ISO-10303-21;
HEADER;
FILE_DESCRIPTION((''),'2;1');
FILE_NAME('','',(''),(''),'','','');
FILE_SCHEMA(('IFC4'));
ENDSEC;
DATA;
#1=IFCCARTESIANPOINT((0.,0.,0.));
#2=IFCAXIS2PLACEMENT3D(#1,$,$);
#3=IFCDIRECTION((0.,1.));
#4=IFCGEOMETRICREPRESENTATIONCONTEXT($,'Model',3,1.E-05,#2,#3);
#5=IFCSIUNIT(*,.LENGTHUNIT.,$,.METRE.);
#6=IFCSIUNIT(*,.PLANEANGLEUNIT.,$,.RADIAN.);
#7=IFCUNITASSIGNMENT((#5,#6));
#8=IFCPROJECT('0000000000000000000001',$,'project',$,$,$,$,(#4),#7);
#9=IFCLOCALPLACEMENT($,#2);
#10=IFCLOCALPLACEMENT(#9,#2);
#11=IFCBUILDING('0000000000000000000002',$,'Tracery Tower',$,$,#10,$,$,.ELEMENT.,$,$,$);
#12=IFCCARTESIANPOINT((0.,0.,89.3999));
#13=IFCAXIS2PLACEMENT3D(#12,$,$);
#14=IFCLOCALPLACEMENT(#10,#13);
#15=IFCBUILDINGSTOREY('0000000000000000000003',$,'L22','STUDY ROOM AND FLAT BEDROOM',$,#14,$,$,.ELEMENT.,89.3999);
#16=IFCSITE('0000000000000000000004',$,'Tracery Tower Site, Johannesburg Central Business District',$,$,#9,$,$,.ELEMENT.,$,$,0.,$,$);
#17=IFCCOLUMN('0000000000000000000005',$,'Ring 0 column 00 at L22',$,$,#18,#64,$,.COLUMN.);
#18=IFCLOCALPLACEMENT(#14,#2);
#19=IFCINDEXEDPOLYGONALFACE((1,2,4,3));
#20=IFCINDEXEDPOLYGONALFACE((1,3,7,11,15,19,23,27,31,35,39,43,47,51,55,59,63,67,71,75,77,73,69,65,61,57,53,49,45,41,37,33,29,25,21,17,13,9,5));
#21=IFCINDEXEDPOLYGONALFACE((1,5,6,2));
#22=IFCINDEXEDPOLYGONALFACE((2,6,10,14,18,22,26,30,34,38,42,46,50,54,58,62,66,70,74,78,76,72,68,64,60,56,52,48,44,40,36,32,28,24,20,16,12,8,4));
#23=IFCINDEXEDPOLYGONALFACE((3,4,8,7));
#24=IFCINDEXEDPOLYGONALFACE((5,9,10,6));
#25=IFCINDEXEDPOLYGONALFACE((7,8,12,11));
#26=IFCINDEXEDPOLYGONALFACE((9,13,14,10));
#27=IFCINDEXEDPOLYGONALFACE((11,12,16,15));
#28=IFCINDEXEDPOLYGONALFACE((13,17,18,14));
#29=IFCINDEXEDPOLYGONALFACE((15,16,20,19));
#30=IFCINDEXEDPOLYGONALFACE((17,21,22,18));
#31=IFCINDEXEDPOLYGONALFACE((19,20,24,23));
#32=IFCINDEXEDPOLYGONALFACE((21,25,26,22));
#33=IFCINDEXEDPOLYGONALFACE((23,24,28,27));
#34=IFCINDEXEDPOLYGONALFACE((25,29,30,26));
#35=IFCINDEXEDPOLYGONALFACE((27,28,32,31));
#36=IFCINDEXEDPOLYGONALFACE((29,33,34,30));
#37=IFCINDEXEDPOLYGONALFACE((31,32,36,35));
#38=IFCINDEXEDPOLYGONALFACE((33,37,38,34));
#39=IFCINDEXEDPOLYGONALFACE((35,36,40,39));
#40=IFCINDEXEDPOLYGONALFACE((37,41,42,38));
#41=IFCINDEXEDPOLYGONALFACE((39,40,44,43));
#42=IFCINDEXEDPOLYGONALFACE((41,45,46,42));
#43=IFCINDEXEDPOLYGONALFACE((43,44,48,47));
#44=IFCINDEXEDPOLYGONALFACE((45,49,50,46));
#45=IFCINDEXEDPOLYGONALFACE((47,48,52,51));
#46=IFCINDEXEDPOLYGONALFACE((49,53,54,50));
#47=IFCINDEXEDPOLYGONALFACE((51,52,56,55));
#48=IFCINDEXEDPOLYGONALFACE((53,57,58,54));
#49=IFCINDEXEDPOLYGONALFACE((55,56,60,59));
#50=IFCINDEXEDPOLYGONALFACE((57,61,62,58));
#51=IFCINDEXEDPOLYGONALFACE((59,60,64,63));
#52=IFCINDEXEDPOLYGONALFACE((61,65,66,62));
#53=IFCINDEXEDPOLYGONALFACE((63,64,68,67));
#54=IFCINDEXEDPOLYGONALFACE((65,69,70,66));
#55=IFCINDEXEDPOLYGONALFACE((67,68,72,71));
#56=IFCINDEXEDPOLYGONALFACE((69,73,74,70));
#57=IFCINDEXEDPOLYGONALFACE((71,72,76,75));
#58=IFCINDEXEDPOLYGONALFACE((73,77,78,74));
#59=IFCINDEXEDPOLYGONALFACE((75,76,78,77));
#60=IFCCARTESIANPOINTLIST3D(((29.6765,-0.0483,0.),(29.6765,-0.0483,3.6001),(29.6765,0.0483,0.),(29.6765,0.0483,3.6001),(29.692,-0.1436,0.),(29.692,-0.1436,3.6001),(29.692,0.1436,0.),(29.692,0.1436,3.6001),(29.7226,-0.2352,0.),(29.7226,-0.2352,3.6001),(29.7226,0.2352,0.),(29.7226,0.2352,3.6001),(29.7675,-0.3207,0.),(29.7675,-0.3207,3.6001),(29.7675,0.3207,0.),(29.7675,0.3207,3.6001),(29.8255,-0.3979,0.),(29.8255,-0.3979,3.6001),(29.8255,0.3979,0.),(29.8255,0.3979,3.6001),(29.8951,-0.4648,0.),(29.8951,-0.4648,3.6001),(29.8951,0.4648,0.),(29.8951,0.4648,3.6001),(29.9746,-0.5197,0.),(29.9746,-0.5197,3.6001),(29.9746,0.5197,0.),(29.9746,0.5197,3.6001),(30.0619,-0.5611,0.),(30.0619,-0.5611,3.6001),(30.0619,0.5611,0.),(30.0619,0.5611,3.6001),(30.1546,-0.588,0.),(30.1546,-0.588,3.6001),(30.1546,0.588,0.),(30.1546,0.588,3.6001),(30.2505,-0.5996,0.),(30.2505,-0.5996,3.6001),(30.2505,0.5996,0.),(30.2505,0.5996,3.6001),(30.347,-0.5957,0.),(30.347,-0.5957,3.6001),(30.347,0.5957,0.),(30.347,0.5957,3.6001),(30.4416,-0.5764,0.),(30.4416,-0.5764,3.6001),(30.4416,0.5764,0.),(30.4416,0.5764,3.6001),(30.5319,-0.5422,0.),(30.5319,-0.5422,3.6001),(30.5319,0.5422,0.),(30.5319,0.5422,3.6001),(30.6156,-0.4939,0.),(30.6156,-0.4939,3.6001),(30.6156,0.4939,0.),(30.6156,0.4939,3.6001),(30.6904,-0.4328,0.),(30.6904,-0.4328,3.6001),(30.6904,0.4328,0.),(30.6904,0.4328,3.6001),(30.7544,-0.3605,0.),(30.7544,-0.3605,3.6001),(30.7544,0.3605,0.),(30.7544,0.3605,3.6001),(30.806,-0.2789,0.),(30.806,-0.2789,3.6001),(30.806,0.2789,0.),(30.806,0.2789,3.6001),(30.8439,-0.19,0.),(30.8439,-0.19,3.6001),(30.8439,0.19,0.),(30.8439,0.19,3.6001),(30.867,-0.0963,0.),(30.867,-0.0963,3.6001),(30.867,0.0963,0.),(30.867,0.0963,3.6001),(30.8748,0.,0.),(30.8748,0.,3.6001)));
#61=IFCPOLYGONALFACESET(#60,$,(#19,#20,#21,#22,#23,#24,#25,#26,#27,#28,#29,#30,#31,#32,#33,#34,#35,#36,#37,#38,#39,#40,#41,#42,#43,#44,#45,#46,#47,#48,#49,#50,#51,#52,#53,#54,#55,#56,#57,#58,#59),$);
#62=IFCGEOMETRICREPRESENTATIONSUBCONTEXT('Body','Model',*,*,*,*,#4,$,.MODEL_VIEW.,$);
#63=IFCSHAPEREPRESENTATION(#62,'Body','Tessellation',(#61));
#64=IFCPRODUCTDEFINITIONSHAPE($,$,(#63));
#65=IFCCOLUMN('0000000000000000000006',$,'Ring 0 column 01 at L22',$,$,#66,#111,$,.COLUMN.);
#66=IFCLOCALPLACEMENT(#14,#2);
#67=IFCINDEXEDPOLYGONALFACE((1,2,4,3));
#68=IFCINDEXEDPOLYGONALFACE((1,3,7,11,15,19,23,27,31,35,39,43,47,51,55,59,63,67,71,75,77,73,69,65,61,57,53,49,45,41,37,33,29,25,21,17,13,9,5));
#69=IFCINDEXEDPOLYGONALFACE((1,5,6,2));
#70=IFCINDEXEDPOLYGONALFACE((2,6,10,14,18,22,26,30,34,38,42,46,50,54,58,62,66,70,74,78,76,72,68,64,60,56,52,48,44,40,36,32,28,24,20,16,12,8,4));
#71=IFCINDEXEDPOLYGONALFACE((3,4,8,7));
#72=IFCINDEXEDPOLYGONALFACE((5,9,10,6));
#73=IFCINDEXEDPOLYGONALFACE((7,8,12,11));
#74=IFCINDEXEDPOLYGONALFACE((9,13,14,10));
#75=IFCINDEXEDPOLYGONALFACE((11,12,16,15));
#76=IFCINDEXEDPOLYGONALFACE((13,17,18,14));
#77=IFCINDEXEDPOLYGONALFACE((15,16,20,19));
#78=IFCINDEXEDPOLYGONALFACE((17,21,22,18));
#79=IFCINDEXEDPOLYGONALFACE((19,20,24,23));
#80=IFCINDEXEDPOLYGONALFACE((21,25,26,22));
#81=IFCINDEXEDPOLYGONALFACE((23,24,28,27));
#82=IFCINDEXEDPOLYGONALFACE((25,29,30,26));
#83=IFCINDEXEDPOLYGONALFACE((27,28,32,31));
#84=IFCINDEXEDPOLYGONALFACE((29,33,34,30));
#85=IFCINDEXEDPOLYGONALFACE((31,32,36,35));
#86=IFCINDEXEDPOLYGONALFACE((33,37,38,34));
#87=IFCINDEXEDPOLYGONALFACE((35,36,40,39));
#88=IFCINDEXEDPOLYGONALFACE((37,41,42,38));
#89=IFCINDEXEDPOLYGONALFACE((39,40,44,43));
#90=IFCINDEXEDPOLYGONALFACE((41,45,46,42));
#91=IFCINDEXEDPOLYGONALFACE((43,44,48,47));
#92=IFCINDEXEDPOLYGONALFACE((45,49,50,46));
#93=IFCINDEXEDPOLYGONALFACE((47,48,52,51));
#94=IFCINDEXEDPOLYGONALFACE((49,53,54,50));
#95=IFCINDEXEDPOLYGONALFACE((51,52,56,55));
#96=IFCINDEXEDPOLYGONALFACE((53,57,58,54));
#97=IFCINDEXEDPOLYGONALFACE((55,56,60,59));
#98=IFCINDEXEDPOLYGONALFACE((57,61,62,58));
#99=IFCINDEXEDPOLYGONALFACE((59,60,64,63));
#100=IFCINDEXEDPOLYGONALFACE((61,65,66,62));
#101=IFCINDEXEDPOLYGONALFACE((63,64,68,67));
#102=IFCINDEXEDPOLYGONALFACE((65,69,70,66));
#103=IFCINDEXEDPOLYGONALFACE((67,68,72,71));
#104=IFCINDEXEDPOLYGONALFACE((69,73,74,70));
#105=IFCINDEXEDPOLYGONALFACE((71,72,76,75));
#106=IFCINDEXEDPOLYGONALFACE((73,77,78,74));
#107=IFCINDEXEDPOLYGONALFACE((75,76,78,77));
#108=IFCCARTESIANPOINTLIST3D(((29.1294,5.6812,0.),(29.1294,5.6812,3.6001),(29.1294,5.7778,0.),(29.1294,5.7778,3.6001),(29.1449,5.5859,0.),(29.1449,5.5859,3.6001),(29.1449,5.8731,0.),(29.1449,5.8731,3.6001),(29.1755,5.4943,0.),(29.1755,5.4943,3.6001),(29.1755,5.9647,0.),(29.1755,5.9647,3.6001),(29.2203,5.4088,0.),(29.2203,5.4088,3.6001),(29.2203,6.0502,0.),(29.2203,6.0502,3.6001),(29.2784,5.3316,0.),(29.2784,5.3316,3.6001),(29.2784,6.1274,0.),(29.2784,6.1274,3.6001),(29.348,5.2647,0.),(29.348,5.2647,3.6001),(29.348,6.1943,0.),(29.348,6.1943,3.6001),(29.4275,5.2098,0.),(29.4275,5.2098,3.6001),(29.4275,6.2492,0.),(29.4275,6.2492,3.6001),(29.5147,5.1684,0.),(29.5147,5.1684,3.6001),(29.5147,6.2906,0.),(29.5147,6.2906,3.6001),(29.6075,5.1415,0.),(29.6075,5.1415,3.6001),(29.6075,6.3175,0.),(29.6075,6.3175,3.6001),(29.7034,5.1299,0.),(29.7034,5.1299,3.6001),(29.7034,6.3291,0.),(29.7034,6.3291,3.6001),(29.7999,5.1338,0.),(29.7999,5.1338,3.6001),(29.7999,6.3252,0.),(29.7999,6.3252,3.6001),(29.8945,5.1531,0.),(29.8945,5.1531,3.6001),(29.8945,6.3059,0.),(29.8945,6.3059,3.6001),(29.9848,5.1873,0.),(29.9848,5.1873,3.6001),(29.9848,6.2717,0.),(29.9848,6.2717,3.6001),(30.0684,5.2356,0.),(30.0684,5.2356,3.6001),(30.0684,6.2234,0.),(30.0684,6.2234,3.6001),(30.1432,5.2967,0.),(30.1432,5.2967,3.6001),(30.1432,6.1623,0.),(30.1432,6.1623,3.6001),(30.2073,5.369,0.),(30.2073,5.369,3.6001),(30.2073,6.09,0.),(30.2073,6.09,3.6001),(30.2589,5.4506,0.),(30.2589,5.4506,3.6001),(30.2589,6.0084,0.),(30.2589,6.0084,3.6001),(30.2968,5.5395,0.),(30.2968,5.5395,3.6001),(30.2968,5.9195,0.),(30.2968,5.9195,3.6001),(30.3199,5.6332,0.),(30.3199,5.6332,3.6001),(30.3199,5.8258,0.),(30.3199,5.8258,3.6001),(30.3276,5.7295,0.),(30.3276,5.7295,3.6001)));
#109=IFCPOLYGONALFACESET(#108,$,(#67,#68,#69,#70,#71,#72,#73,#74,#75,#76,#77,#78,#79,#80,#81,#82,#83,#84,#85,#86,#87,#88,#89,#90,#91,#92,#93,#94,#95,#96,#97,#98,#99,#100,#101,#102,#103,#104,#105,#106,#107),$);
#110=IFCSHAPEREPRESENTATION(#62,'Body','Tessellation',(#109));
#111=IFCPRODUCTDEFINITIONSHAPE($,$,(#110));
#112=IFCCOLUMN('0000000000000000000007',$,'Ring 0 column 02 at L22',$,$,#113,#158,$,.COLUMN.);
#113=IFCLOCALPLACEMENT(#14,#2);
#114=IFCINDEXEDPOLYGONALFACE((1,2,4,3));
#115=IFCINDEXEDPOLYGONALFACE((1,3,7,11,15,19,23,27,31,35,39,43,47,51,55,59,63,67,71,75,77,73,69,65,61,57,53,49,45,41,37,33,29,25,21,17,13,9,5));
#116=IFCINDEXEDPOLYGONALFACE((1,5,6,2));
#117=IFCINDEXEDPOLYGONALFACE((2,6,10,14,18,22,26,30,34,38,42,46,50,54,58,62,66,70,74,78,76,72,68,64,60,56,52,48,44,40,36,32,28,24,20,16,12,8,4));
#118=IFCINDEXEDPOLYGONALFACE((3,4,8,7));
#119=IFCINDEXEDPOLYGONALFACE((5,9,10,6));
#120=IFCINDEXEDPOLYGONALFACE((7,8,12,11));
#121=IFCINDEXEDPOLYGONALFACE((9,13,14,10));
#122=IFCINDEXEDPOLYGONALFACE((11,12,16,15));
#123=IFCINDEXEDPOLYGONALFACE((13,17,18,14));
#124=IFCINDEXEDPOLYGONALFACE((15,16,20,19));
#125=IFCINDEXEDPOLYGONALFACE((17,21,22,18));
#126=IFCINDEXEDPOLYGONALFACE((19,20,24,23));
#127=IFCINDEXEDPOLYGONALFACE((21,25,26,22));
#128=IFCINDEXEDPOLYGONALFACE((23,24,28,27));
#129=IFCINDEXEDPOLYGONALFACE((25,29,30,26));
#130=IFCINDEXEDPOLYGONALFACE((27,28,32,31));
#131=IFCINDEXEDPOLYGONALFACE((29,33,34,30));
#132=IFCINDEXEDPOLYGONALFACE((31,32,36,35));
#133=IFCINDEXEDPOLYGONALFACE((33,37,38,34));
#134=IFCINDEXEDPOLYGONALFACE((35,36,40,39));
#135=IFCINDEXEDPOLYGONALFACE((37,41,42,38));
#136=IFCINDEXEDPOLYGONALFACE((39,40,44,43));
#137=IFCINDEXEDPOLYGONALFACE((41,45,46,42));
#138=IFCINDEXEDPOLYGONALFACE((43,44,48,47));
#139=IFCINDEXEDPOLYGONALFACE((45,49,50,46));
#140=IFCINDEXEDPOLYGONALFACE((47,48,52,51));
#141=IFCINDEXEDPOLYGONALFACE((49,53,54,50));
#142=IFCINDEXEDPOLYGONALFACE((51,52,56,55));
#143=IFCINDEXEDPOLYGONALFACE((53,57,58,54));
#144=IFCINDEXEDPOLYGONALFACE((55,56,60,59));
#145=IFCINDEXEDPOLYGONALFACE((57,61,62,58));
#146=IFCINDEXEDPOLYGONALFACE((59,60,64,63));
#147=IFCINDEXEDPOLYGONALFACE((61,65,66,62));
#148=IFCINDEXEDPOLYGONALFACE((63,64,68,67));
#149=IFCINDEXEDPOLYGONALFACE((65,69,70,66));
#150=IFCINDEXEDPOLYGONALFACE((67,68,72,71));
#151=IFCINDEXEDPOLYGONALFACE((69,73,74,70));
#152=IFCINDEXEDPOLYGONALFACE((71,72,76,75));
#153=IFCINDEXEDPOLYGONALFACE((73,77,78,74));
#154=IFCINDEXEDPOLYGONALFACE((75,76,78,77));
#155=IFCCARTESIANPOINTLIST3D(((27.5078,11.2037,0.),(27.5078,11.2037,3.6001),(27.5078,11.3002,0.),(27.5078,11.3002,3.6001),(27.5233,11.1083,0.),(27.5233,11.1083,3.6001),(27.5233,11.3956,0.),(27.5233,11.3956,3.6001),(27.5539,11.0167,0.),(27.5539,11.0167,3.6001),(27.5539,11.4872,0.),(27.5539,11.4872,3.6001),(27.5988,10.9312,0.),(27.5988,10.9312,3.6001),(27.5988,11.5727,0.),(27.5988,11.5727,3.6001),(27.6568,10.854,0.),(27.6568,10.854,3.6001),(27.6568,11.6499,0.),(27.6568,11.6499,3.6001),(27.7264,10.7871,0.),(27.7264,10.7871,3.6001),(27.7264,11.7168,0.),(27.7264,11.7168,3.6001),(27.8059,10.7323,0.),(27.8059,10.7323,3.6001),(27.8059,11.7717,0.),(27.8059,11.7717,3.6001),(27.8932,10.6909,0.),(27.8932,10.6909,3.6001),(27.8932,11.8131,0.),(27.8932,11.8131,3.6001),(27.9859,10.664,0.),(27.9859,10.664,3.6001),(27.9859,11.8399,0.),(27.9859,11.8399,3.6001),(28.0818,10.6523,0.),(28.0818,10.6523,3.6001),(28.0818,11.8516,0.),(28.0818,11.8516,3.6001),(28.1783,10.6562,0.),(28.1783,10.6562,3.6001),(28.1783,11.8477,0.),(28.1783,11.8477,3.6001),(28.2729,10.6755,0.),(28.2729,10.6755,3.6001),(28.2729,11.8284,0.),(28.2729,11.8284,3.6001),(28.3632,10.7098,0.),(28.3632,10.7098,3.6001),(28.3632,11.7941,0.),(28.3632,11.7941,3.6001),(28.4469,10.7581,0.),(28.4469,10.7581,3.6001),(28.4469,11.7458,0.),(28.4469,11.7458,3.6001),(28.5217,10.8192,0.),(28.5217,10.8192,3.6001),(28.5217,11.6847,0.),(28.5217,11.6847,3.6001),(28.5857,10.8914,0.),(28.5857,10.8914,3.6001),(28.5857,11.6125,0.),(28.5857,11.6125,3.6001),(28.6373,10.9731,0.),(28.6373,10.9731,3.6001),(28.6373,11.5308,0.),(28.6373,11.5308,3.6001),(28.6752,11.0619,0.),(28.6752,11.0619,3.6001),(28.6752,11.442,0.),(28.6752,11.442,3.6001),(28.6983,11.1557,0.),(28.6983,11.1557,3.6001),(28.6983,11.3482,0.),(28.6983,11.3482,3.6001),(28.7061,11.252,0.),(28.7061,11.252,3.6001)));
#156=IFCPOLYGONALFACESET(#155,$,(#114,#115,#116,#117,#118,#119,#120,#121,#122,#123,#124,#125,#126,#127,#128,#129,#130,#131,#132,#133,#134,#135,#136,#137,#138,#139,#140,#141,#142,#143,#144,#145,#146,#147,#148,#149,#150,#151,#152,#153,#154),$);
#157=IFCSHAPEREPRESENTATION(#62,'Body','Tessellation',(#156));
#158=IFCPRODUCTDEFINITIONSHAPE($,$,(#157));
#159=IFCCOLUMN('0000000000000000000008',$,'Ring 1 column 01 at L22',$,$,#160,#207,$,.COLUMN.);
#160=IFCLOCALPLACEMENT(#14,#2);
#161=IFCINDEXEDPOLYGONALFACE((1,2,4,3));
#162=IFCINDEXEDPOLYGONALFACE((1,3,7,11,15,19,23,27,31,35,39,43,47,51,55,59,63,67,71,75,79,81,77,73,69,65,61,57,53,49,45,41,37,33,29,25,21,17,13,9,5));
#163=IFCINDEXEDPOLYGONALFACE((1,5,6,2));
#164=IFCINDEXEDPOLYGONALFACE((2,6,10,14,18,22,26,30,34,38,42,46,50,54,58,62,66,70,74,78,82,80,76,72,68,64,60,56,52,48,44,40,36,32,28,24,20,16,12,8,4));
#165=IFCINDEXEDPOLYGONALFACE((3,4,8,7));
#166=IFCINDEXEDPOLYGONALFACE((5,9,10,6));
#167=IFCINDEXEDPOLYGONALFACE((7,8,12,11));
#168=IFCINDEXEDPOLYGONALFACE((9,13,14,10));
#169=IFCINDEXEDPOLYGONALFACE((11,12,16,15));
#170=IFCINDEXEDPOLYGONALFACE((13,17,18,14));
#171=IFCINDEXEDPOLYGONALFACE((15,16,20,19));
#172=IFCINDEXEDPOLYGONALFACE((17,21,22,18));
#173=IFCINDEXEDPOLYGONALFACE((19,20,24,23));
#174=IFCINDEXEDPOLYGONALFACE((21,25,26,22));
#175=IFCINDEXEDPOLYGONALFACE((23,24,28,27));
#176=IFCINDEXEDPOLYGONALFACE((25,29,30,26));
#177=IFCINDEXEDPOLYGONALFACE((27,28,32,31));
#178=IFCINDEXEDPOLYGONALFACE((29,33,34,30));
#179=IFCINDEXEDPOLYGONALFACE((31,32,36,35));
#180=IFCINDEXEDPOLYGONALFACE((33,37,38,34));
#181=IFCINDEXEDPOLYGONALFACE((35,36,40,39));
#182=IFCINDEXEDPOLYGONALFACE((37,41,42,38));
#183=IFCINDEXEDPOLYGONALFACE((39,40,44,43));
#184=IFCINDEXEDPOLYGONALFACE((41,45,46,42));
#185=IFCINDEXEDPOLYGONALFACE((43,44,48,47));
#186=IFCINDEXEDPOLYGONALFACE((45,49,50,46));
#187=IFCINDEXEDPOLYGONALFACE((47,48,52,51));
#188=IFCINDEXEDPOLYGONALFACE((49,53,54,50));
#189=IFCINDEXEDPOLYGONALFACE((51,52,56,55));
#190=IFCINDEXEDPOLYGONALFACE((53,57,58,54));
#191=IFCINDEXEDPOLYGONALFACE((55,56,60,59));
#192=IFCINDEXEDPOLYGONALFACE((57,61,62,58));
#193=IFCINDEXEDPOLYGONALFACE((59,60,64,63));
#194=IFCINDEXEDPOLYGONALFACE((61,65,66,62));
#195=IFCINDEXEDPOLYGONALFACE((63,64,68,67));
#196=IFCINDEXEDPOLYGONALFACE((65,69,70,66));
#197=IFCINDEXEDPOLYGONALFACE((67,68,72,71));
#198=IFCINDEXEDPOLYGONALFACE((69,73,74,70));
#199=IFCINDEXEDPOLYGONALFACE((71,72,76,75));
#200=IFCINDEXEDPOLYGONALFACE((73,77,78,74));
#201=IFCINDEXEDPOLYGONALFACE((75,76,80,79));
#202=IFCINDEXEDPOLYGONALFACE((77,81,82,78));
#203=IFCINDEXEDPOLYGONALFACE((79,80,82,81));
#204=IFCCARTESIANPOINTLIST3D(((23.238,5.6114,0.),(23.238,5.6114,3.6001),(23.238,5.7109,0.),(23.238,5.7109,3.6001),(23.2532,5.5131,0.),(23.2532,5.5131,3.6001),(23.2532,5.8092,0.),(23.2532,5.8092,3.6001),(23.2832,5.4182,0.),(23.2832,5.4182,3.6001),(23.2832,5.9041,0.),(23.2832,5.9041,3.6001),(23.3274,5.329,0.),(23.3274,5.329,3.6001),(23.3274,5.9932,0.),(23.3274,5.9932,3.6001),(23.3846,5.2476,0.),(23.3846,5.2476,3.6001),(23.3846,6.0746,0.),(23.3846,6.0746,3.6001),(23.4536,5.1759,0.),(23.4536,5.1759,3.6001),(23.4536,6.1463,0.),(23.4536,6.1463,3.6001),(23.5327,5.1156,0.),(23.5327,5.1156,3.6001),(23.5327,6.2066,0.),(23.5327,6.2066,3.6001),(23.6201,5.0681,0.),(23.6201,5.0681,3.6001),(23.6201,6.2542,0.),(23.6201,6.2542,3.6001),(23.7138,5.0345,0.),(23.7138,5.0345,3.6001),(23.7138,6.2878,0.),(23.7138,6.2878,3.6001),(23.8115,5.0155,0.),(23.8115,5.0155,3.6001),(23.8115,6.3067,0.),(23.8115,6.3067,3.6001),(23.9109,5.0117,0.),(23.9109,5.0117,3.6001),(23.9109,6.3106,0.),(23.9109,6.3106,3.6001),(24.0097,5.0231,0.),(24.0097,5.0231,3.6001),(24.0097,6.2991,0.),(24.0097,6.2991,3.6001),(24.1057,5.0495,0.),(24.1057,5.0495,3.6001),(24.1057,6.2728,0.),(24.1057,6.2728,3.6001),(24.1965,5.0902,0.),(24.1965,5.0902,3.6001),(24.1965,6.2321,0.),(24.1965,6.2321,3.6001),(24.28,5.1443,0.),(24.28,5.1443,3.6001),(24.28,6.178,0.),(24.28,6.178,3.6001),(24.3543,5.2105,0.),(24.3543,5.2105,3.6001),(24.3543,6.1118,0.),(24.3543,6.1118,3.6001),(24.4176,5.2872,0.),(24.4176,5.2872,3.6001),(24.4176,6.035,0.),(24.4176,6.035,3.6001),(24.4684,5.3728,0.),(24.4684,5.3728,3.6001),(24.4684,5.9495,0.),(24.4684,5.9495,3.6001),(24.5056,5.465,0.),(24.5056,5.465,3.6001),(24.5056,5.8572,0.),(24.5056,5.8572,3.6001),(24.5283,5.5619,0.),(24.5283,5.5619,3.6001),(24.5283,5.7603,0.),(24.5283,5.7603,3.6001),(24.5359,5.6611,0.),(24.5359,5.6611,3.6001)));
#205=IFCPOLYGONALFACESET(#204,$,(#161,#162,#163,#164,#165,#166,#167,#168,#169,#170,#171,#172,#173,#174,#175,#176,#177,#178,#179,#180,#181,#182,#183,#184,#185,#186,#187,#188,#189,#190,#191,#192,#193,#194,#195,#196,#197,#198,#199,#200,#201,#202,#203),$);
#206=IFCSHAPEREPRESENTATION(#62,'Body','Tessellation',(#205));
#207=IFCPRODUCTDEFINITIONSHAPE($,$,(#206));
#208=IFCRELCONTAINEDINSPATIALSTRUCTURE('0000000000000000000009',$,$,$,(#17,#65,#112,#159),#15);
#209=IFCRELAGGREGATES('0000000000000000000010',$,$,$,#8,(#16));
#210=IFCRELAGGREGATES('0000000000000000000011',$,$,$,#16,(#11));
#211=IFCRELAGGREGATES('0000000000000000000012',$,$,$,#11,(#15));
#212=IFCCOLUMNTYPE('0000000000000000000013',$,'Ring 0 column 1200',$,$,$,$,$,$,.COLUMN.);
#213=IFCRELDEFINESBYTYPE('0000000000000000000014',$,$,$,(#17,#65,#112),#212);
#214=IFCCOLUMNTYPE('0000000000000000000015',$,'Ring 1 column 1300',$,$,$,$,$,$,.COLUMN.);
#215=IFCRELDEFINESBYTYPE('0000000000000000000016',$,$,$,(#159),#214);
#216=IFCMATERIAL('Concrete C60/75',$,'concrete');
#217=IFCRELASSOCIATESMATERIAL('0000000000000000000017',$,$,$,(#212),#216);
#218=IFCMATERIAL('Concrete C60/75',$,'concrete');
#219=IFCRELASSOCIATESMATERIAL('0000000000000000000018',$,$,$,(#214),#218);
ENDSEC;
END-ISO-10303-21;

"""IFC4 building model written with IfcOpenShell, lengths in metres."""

from ifc_helpers import new_model, si_unit, direction, frame, origin, origin_2d, place, context, subcontext, project, spatial, circle, extrude, material, material_profile, profile_set, type_object, element, save


model = new_model("IFC4")

# Units and contexts
model_context = context("Model", 3, precision=1e-05, world=origin(), true_north=direction((0.0, 1.0)))
body_context = subcontext(model_context, "Body", "Model", "MODEL_VIEW")
ifc_project = project(units=[si_unit("LENGTHUNIT", "METRE"), si_unit("PLANEANGLEUNIT", "RADIAN")], contexts=[model_context])

# Site, building, storey
site_placement = place(None, origin())
site = spatial("IfcSite", under=ifc_project, at=site_placement, Name="Tracery Tower Site, Johannesburg Central Business District", CompositionType="ELEMENT", RefElevation=0.0)
building_placement = place(site_placement, origin())
building = spatial("IfcBuilding", under=site, at=building_placement, Name="Tracery Tower", CompositionType="ELEMENT")
storey_placement = place(building_placement, frame((0.0, 0.0, 89.3999)))
storey = spatial("IfcBuildingStorey", under=building, at=storey_placement, Name="L22", Description="STUDY ROOM AND FLAT BEDROOM", CompositionType="ELEMENT", Elevation=89.3999)

# Columns
ifc_material_1 = material(Name="Concrete C60/75", Category="concrete")
ifc_material_profile_1 = material_profile(ifc_material_1, circle(Radius=0.6001, at=origin_2d()), Name="RC D1200")
ifc_profile_set_1 = profile_set([ifc_material_profile_1], Name="Concrete C60/75")
column_type_1 = type_object("IfcColumnType", Name="Ring 0 column 1200", PredefinedType="COLUMN", material=ifc_profile_set_1)
for number, where, z_axis, x_axis, name in (
    (1, (30.2747, 0.0, 0.0), (0.0, 0.0, 1.0), (1.0, 0.0, 0.0), "Ring 0 column 00 at L22"),
    (2, (29.7275, 5.7295, 0.0), (0.0, 0.0, 1.0), (1.0, 0.0, 0.0), "Ring 0 column 01 at L22"),
    (3, (28.106, 11.252, 0.0), (0.0, 0.0, 1.0), (1.0, 0.0, 0.0), "Ring 0 column 02 at L22"),
):
    element("IfcColumn", number, at=place(storey_placement, frame(where, z_axis=z_axis, x_axis=x_axis)), inside=storey, type_object=column_type_1, Name=name, PredefinedType="COLUMN", context=body_context, shape_type="SweptSolid", body=[
        extrude(circle(Radius=0.6001, at=origin_2d()), origin(), (0.0, 0.0, 1.0), 3.6001),
    ])
ifc_material_2 = material(Name="Concrete C60/75", Category="concrete")
ifc_material_profile_2 = material_profile(ifc_material_2, circle(Radius=0.6499, at=origin_2d()), Name="RC D1300")
ifc_profile_set_2 = profile_set([ifc_material_profile_2], Name="Concrete C60/75")
column_type_2 = type_object("IfcColumnType", Name="Ring 1 column 1300", PredefinedType="COLUMN", material=ifc_profile_set_2)
for number, where, z_axis, x_axis, name in (
    (4, (23.886, 5.6611, 0.0), (0.0, 0.0, 1.0), (1.0, 0.0, 0.0), "Ring 1 column 01 at L22"),
):
    element("IfcColumn", number, at=place(storey_placement, frame(where, z_axis=z_axis, x_axis=x_axis)), inside=storey, type_object=column_type_2, Name=name, PredefinedType="COLUMN", context=body_context, shape_type="SweptSolid", body=[
        extrude(circle(Radius=0.6499, at=origin_2d()), origin(), (0.0, 0.0, 1.0), 3.6001),
    ])

save(model, "model.ifc")
